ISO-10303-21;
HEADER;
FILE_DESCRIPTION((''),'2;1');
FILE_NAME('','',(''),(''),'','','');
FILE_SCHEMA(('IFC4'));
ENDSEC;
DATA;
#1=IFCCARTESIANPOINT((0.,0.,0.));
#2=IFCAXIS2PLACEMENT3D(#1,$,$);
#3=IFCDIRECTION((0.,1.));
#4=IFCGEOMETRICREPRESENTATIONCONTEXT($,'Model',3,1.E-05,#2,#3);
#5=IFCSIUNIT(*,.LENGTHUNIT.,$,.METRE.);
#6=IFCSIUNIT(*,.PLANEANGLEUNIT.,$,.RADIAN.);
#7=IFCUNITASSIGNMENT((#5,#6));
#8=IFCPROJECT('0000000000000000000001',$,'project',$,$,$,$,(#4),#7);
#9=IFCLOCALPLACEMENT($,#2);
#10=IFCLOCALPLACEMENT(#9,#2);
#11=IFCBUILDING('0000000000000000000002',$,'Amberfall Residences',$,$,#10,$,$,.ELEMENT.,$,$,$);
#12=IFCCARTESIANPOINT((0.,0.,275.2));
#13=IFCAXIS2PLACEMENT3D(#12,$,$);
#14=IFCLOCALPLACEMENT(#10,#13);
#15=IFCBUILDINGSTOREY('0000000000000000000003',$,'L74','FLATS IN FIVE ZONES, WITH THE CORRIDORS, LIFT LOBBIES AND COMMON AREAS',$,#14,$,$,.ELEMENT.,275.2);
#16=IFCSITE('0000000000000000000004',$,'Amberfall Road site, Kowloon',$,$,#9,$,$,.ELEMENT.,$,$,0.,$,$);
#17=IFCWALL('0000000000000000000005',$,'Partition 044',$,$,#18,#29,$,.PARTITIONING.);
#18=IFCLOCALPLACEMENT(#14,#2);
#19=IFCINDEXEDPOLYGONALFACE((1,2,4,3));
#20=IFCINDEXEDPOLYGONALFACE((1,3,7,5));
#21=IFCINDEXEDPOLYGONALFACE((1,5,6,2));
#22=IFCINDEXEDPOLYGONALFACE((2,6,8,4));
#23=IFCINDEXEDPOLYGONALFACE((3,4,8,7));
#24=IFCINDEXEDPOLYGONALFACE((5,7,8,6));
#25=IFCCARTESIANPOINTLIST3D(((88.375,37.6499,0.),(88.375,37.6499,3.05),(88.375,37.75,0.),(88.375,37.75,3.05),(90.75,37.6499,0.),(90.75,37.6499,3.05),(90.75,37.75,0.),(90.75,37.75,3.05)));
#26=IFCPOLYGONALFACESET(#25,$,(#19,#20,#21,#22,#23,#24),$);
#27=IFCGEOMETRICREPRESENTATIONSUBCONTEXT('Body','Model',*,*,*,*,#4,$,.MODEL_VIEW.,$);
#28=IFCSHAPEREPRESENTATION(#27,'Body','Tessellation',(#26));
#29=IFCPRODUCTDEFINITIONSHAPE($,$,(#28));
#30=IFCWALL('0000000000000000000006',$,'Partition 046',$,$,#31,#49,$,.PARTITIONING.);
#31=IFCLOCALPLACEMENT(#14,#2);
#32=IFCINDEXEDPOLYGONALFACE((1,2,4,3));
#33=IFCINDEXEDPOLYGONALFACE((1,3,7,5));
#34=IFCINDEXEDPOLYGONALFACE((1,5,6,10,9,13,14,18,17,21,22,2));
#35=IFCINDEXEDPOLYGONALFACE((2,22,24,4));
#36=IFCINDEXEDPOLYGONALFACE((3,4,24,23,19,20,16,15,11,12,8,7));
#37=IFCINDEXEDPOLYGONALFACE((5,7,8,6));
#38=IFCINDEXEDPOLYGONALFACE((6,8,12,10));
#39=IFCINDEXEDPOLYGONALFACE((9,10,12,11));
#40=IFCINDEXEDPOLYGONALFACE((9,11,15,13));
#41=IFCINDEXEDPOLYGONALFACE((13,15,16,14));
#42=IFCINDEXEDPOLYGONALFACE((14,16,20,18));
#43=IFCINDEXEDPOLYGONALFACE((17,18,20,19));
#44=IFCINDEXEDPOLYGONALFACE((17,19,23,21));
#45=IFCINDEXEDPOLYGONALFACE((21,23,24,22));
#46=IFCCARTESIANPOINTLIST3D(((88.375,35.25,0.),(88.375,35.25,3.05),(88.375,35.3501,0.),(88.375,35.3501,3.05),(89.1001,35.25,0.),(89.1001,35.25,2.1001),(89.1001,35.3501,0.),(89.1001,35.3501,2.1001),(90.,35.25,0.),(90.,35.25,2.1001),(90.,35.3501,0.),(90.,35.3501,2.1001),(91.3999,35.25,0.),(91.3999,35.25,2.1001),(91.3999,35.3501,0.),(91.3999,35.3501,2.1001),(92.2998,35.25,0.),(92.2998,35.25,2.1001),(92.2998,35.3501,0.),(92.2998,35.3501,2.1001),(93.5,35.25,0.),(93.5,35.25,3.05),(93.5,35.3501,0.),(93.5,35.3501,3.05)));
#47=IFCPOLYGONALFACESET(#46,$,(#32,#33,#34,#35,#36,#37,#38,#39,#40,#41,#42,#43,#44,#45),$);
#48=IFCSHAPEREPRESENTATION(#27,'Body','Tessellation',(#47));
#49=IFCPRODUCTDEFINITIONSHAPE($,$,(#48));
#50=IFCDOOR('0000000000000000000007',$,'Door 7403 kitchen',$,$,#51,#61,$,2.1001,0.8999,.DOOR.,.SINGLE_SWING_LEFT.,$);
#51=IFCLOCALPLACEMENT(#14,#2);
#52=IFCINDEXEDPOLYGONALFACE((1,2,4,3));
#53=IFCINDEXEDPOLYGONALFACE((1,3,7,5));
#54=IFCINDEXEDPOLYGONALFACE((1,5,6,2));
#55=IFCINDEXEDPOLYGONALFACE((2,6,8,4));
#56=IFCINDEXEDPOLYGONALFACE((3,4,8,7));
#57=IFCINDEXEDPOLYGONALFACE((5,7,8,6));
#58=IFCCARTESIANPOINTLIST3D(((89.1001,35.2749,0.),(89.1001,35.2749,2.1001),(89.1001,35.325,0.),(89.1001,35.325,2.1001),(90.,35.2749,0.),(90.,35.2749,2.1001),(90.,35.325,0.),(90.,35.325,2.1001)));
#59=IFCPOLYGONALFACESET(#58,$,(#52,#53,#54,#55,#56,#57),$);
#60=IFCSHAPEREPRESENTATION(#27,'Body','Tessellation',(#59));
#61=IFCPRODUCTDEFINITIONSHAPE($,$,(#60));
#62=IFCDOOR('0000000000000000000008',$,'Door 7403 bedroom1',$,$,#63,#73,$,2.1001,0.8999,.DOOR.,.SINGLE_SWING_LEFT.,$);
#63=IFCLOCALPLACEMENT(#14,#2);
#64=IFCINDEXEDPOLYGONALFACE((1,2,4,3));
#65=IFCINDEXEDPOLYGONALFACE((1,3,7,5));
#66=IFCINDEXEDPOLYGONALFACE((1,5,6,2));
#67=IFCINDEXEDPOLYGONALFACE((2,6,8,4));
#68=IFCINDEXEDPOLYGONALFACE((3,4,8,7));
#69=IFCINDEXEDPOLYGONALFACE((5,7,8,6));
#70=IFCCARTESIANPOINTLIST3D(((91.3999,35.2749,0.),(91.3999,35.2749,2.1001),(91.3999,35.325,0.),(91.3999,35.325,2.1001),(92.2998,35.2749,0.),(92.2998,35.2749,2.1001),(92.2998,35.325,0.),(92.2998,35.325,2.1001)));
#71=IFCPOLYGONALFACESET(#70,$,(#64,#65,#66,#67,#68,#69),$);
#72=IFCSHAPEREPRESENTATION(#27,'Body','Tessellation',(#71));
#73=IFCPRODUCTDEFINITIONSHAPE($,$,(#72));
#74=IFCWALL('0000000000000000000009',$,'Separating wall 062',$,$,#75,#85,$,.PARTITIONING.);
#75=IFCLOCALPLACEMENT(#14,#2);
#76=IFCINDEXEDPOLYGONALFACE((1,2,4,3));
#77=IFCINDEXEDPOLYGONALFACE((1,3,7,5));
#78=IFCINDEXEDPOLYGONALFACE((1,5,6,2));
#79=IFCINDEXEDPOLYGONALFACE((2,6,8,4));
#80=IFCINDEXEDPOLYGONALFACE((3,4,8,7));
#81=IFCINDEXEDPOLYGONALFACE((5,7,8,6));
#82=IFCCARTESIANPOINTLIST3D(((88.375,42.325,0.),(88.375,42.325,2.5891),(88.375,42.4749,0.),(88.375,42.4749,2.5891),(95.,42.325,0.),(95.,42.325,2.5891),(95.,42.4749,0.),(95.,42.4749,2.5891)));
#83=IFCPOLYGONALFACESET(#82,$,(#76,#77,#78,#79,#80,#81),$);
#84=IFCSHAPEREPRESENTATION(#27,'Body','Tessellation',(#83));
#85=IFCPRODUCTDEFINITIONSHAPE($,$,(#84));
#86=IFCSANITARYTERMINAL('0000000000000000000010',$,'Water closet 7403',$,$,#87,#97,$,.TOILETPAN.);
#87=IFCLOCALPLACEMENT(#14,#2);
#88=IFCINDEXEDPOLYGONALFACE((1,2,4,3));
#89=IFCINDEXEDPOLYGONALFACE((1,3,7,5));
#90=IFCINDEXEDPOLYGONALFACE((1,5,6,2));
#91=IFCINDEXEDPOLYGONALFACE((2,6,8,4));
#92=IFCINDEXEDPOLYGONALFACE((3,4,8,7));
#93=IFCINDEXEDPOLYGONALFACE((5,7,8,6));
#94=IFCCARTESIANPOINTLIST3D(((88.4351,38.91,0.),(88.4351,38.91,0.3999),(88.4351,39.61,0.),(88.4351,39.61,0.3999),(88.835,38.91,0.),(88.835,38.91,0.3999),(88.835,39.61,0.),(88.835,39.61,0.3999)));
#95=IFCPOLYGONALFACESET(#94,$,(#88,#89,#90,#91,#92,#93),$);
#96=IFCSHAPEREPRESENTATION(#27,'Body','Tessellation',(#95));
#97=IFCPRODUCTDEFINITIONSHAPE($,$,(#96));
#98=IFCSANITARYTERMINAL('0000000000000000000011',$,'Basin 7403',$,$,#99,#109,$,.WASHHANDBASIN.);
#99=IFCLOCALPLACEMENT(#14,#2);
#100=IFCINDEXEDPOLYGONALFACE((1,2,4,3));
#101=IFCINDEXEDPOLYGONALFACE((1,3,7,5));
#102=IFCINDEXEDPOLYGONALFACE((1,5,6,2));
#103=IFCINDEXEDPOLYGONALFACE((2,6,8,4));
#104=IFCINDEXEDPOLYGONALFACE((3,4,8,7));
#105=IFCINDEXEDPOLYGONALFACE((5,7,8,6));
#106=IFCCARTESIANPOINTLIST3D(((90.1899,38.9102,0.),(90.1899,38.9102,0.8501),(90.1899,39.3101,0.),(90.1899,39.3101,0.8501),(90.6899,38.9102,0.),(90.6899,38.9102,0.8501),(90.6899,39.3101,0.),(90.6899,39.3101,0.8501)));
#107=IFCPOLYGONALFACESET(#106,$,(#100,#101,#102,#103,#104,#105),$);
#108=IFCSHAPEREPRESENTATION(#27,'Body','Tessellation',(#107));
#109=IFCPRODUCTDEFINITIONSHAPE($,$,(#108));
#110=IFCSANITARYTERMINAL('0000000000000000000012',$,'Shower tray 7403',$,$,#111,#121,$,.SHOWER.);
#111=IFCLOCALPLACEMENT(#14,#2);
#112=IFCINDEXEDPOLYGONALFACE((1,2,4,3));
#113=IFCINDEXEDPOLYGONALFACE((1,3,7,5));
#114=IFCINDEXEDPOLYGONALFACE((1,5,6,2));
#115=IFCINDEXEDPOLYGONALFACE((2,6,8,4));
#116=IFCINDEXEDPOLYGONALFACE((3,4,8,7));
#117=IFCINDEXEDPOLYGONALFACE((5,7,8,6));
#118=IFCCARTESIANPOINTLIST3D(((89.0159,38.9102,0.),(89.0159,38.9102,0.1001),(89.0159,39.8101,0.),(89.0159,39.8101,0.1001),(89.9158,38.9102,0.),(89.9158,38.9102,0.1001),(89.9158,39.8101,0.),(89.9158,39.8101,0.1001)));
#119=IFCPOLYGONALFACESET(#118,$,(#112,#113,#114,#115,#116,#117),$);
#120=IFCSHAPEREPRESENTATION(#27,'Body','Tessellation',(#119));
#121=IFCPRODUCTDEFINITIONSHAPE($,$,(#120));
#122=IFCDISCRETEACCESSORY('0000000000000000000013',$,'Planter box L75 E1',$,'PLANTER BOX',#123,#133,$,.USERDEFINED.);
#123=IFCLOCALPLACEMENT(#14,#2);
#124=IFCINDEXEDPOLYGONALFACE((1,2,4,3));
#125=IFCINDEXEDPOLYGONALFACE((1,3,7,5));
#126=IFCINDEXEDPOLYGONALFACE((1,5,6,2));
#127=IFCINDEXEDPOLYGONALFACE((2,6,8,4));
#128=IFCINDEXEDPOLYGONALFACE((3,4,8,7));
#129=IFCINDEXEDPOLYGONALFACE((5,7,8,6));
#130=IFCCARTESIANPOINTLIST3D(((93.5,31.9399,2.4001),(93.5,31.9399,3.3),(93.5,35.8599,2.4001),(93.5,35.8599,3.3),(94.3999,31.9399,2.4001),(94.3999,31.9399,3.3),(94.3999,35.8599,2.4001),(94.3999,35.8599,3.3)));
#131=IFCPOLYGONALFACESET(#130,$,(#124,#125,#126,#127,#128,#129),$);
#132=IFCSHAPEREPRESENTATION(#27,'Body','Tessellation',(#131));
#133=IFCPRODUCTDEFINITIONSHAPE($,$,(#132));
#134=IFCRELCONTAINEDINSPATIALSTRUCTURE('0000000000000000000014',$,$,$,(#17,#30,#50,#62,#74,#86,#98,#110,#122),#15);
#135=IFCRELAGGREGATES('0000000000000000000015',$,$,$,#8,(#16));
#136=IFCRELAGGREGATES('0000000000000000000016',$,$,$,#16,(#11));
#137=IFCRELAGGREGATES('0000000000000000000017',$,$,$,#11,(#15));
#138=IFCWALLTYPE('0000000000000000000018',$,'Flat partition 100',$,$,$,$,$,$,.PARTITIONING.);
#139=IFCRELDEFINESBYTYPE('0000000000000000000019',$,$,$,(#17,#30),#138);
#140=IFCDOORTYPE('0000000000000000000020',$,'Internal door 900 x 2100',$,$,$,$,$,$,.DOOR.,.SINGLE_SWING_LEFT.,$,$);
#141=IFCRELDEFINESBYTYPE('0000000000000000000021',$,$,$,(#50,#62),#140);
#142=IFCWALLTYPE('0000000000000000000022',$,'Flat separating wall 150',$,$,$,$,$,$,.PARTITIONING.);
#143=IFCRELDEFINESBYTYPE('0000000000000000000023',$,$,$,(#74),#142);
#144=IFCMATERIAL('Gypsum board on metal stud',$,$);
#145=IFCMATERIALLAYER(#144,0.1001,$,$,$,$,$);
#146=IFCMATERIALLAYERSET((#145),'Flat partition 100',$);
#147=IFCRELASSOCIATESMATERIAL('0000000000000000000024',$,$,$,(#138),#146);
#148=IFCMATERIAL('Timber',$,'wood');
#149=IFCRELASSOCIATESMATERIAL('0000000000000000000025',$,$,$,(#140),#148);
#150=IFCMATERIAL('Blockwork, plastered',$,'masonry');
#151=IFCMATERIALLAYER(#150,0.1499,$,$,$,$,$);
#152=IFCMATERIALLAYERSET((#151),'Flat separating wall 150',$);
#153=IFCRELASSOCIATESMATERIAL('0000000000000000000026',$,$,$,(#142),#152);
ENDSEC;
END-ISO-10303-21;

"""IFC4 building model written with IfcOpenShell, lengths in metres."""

from ifc_helpers import new_model, si_unit, direction, frame, frame_2d, origin, origin_2d, place, context, subcontext, project, spatial, rectangle, extrude, material, layer, layer_set, type_object, element, fill, save


model = new_model("IFC4")

# Units and contexts
model_context = context("Model", 3, precision=1e-05, world=origin(), true_north=direction((0.0, 1.0)))
body_context = subcontext(model_context, "Body", "Model", "MODEL_VIEW")
ifc_project = project(units=[si_unit("LENGTHUNIT", "METRE"), si_unit("PLANEANGLEUNIT", "RADIAN")], contexts=[model_context])

# Site, building, storey
site_placement = place(None, origin())
site = spatial("IfcSite", under=ifc_project, at=site_placement, Name="Amberfall Road site, Kowloon", CompositionType="ELEMENT", RefElevation=0.0)
building_placement = place(site_placement, origin())
building = spatial("IfcBuilding", under=site, at=building_placement, Name="Amberfall Residences", CompositionType="ELEMENT")
storey_placement = place(building_placement, frame((0.0, 0.0, 275.2)))
storey = spatial("IfcBuildingStorey", under=building, at=storey_placement, Name="L74", Description="FLATS IN FIVE ZONES, WITH THE CORRIDORS, LIFT LOBBIES AND COMMON AREAS", CompositionType="ELEMENT", Elevation=275.2)

# Shared definitions
ifc_material_1 = material(Name="Gypsum board on metal stud")
ifc_layer_1 = layer(ifc_material_1, 0.1001)
ifc_layer_set_1 = layer_set([ifc_layer_1], Name="Flat partition 100")
wall_type_1 = type_object("IfcWallType", Name="Flat partition 100", PredefinedType="PARTITIONING", material=ifc_layer_set_1)

# Shared definitions
ifc_material_2 = material(Name="Timber", Category="wood")

# Wall
for number, where, z_axis, x_axis, name in (
    (1, (88.375, 37.7, 0.0), (0.0, 0.0, 1.0), (1.0, 0.0, 0.0), "Partition 044"),
):
    element("IfcWall", number, at=place(storey_placement, frame(where, z_axis=z_axis, x_axis=x_axis)), inside=storey, type_object=wall_type_1, Name=name, PredefinedType="PARTITIONING", context=body_context, shape_type="SweptSolid", body=[
        extrude(rectangle(XDim=2.375, YDim=0.1001, at=frame_2d((1.1875, 0.0))), origin(), (0.0, 0.0, 1.0), 3.05),
    ])

# Wall, openings, doors
wall_1_placement = place(storey_placement, frame((88.375, 35.3, 0.0), z_axis=(0.0, 0.0, 1.0), x_axis=(1.0, 0.0, 0.0)))
wall_1 = element("IfcWall", 2, at=wall_1_placement, inside=storey, type_object=wall_type_1, Name="Partition 046", PredefinedType="PARTITIONING", context=body_context, shape_type="SweptSolid", body=[
    extrude(rectangle(XDim=5.125, YDim=0.1001, at=frame_2d((2.5625, 0.0))), origin(), (0.0, 0.0, 1.0), 3.05),
])
opening_1_placement = place(wall_1_placement, frame((0.7251, 0.0, 0.0)))
opening_1 = element("IfcOpeningElement", 3, at=opening_1_placement, cuts=wall_1, PredefinedType="OPENING", context=body_context, shape_type="SweptSolid", body=[
    extrude(rectangle(XDim=0.8999, YDim=2.1001, at=frame_2d((0.45, 1.05))), frame((0.0, 0.0601, 0.0), z_axis=(0.0, -1.0, 0.0), x_axis=(1.0, 0.0, 0.0)), (0.0, 0.0, 1.0), 0.1201),
])
opening_2_placement = place(wall_1_placement, frame((3.0249, 0.0, 0.0)))
opening_2 = element("IfcOpeningElement", 4, at=opening_2_placement, cuts=wall_1, PredefinedType="OPENING", context=body_context, shape_type="SweptSolid", body=[
    extrude(rectangle(XDim=0.8999, YDim=2.1001, at=frame_2d((0.45, 1.05))), frame((0.0, 0.0601, 0.0), z_axis=(0.0, -1.0, 0.0), x_axis=(1.0, 0.0, 0.0)), (0.0, 0.0, 1.0), 0.1201),
])
door_type_1 = type_object("IfcDoorType", Name="Internal door 900 x 2100", OperationType="SINGLE_SWING_LEFT", PredefinedType="DOOR", material=ifc_material_2)
door_1_placement = place(opening_1_placement, origin())
door_1 = element("IfcDoor", 5, at=door_1_placement, inside=storey, type_object=door_type_1, Name="Door 7403 kitchen", OperationType="SINGLE_SWING_LEFT", OverallHeight=2.1001, OverallWidth=0.8999, PredefinedType="DOOR", context=body_context, shape_type="SweptSolid", body=[
    extrude(rectangle(XDim=0.8999, YDim=2.1001, at=frame_2d((0.45, 1.05))), frame((0.0, 0.0249, 0.0), z_axis=(0.0, -1.0, 0.0), x_axis=(1.0, 0.0, 0.0)), (0.0, 0.0, 1.0), 0.05),
])
fill(opening_1, door_1)
door_2_placement = place(opening_2_placement, origin())
door_2 = element("IfcDoor", 6, at=door_2_placement, inside=storey, type_object=door_type_1, Name="Door 7403 bedroom1", OperationType="SINGLE_SWING_LEFT", OverallHeight=2.1001, OverallWidth=0.8999, PredefinedType="DOOR", context=body_context, shape_type="SweptSolid", body=[
    extrude(rectangle(XDim=0.8999, YDim=2.1001, at=frame_2d((0.45, 1.05))), frame((0.0, 0.0249, 0.0), z_axis=(0.0, -1.0, 0.0), x_axis=(1.0, 0.0, 0.0)), (0.0, 0.0, 1.0), 0.05),
])
fill(opening_2, door_2)

# Wall
ifc_material_3 = material(Name="Blockwork, plastered", Category="masonry")
ifc_layer_2 = layer(ifc_material_3, 0.1499)
ifc_layer_set_2 = layer_set([ifc_layer_2], Name="Flat separating wall 150")
wall_type_2 = type_object("IfcWallType", Name="Flat separating wall 150", PredefinedType="PARTITIONING", material=ifc_layer_set_2)
wall_2_placement = place(storey_placement, frame((88.375, 42.3999, 0.0), z_axis=(0.0, 0.0, 1.0), x_axis=(1.0, 0.0, 0.0)))
element("IfcWall", 7, at=wall_2_placement, inside=storey, type_object=wall_type_2, Name="Separating wall 062", PredefinedType="PARTITIONING", context=body_context, shape_type="SweptSolid", body=[
    extrude(rectangle(XDim=6.625, YDim=0.1499, at=frame_2d((3.3125, 0.0))), origin(), (0.0, 0.0, 1.0), 2.5891),
])

# Sanitary terminals
sanitary_terminal_1_placement = place(storey_placement, frame((88.635, 39.26, 0.0), z_axis=(0.0, 0.0, 1.0), x_axis=(1.0, 0.0, 0.0)))
element("IfcSanitaryTerminal", 8, at=sanitary_terminal_1_placement, inside=storey, Name="Water closet 7403", PredefinedType="TOILETPAN", context=body_context, shape_type="SweptSolid", body=[
    extrude(rectangle(XDim=0.3999, YDim=0.7, at=origin_2d()), origin(), (0.0, 0.0, 1.0), 0.3999),
])
sanitary_terminal_2_placement = place(storey_placement, frame((90.4399, 39.1101, 0.0), z_axis=(0.0, 0.0, 1.0), x_axis=(1.0, 0.0, 0.0)))
element("IfcSanitaryTerminal", 9, at=sanitary_terminal_2_placement, inside=storey, Name="Basin 7403", PredefinedType="WASHHANDBASIN", context=body_context, shape_type="SweptSolid", body=[
    extrude(rectangle(XDim=0.5, YDim=0.3999, at=origin_2d()), origin(), (0.0, 0.0, 1.0), 0.8501),
])
sanitary_terminal_3_placement = place(storey_placement, frame((89.4658, 39.3601, 0.0), z_axis=(0.0, 0.0, 1.0), x_axis=(1.0, 0.0, 0.0)))
element("IfcSanitaryTerminal", 10, at=sanitary_terminal_3_placement, inside=storey, Name="Shower tray 7403", PredefinedType="SHOWER", context=body_context, shape_type="SweptSolid", body=[
    extrude(rectangle(XDim=0.8999, YDim=0.8999, at=origin_2d()), origin(), (0.0, 0.0, 1.0), 0.1001),
])

# Discrete accessory
discrete_accessory_placement = place(storey_placement, frame((93.95, 33.8999, 2.4001), z_axis=(0.0, 0.0, 1.0), x_axis=(0.0, 1.0, 0.0)))
element("IfcDiscreteAccessory", 11, at=discrete_accessory_placement, inside=storey, Name="Planter box L75 E1", ObjectType="PLANTER BOX", PredefinedType="USERDEFINED", context=body_context, shape_type="SweptSolid", body=[
    extrude(rectangle(XDim=3.9199, YDim=0.8999, at=origin_2d()), origin(), (0.0, 0.0, 1.0), 0.8999),
])

save(model, "model.ifc")
